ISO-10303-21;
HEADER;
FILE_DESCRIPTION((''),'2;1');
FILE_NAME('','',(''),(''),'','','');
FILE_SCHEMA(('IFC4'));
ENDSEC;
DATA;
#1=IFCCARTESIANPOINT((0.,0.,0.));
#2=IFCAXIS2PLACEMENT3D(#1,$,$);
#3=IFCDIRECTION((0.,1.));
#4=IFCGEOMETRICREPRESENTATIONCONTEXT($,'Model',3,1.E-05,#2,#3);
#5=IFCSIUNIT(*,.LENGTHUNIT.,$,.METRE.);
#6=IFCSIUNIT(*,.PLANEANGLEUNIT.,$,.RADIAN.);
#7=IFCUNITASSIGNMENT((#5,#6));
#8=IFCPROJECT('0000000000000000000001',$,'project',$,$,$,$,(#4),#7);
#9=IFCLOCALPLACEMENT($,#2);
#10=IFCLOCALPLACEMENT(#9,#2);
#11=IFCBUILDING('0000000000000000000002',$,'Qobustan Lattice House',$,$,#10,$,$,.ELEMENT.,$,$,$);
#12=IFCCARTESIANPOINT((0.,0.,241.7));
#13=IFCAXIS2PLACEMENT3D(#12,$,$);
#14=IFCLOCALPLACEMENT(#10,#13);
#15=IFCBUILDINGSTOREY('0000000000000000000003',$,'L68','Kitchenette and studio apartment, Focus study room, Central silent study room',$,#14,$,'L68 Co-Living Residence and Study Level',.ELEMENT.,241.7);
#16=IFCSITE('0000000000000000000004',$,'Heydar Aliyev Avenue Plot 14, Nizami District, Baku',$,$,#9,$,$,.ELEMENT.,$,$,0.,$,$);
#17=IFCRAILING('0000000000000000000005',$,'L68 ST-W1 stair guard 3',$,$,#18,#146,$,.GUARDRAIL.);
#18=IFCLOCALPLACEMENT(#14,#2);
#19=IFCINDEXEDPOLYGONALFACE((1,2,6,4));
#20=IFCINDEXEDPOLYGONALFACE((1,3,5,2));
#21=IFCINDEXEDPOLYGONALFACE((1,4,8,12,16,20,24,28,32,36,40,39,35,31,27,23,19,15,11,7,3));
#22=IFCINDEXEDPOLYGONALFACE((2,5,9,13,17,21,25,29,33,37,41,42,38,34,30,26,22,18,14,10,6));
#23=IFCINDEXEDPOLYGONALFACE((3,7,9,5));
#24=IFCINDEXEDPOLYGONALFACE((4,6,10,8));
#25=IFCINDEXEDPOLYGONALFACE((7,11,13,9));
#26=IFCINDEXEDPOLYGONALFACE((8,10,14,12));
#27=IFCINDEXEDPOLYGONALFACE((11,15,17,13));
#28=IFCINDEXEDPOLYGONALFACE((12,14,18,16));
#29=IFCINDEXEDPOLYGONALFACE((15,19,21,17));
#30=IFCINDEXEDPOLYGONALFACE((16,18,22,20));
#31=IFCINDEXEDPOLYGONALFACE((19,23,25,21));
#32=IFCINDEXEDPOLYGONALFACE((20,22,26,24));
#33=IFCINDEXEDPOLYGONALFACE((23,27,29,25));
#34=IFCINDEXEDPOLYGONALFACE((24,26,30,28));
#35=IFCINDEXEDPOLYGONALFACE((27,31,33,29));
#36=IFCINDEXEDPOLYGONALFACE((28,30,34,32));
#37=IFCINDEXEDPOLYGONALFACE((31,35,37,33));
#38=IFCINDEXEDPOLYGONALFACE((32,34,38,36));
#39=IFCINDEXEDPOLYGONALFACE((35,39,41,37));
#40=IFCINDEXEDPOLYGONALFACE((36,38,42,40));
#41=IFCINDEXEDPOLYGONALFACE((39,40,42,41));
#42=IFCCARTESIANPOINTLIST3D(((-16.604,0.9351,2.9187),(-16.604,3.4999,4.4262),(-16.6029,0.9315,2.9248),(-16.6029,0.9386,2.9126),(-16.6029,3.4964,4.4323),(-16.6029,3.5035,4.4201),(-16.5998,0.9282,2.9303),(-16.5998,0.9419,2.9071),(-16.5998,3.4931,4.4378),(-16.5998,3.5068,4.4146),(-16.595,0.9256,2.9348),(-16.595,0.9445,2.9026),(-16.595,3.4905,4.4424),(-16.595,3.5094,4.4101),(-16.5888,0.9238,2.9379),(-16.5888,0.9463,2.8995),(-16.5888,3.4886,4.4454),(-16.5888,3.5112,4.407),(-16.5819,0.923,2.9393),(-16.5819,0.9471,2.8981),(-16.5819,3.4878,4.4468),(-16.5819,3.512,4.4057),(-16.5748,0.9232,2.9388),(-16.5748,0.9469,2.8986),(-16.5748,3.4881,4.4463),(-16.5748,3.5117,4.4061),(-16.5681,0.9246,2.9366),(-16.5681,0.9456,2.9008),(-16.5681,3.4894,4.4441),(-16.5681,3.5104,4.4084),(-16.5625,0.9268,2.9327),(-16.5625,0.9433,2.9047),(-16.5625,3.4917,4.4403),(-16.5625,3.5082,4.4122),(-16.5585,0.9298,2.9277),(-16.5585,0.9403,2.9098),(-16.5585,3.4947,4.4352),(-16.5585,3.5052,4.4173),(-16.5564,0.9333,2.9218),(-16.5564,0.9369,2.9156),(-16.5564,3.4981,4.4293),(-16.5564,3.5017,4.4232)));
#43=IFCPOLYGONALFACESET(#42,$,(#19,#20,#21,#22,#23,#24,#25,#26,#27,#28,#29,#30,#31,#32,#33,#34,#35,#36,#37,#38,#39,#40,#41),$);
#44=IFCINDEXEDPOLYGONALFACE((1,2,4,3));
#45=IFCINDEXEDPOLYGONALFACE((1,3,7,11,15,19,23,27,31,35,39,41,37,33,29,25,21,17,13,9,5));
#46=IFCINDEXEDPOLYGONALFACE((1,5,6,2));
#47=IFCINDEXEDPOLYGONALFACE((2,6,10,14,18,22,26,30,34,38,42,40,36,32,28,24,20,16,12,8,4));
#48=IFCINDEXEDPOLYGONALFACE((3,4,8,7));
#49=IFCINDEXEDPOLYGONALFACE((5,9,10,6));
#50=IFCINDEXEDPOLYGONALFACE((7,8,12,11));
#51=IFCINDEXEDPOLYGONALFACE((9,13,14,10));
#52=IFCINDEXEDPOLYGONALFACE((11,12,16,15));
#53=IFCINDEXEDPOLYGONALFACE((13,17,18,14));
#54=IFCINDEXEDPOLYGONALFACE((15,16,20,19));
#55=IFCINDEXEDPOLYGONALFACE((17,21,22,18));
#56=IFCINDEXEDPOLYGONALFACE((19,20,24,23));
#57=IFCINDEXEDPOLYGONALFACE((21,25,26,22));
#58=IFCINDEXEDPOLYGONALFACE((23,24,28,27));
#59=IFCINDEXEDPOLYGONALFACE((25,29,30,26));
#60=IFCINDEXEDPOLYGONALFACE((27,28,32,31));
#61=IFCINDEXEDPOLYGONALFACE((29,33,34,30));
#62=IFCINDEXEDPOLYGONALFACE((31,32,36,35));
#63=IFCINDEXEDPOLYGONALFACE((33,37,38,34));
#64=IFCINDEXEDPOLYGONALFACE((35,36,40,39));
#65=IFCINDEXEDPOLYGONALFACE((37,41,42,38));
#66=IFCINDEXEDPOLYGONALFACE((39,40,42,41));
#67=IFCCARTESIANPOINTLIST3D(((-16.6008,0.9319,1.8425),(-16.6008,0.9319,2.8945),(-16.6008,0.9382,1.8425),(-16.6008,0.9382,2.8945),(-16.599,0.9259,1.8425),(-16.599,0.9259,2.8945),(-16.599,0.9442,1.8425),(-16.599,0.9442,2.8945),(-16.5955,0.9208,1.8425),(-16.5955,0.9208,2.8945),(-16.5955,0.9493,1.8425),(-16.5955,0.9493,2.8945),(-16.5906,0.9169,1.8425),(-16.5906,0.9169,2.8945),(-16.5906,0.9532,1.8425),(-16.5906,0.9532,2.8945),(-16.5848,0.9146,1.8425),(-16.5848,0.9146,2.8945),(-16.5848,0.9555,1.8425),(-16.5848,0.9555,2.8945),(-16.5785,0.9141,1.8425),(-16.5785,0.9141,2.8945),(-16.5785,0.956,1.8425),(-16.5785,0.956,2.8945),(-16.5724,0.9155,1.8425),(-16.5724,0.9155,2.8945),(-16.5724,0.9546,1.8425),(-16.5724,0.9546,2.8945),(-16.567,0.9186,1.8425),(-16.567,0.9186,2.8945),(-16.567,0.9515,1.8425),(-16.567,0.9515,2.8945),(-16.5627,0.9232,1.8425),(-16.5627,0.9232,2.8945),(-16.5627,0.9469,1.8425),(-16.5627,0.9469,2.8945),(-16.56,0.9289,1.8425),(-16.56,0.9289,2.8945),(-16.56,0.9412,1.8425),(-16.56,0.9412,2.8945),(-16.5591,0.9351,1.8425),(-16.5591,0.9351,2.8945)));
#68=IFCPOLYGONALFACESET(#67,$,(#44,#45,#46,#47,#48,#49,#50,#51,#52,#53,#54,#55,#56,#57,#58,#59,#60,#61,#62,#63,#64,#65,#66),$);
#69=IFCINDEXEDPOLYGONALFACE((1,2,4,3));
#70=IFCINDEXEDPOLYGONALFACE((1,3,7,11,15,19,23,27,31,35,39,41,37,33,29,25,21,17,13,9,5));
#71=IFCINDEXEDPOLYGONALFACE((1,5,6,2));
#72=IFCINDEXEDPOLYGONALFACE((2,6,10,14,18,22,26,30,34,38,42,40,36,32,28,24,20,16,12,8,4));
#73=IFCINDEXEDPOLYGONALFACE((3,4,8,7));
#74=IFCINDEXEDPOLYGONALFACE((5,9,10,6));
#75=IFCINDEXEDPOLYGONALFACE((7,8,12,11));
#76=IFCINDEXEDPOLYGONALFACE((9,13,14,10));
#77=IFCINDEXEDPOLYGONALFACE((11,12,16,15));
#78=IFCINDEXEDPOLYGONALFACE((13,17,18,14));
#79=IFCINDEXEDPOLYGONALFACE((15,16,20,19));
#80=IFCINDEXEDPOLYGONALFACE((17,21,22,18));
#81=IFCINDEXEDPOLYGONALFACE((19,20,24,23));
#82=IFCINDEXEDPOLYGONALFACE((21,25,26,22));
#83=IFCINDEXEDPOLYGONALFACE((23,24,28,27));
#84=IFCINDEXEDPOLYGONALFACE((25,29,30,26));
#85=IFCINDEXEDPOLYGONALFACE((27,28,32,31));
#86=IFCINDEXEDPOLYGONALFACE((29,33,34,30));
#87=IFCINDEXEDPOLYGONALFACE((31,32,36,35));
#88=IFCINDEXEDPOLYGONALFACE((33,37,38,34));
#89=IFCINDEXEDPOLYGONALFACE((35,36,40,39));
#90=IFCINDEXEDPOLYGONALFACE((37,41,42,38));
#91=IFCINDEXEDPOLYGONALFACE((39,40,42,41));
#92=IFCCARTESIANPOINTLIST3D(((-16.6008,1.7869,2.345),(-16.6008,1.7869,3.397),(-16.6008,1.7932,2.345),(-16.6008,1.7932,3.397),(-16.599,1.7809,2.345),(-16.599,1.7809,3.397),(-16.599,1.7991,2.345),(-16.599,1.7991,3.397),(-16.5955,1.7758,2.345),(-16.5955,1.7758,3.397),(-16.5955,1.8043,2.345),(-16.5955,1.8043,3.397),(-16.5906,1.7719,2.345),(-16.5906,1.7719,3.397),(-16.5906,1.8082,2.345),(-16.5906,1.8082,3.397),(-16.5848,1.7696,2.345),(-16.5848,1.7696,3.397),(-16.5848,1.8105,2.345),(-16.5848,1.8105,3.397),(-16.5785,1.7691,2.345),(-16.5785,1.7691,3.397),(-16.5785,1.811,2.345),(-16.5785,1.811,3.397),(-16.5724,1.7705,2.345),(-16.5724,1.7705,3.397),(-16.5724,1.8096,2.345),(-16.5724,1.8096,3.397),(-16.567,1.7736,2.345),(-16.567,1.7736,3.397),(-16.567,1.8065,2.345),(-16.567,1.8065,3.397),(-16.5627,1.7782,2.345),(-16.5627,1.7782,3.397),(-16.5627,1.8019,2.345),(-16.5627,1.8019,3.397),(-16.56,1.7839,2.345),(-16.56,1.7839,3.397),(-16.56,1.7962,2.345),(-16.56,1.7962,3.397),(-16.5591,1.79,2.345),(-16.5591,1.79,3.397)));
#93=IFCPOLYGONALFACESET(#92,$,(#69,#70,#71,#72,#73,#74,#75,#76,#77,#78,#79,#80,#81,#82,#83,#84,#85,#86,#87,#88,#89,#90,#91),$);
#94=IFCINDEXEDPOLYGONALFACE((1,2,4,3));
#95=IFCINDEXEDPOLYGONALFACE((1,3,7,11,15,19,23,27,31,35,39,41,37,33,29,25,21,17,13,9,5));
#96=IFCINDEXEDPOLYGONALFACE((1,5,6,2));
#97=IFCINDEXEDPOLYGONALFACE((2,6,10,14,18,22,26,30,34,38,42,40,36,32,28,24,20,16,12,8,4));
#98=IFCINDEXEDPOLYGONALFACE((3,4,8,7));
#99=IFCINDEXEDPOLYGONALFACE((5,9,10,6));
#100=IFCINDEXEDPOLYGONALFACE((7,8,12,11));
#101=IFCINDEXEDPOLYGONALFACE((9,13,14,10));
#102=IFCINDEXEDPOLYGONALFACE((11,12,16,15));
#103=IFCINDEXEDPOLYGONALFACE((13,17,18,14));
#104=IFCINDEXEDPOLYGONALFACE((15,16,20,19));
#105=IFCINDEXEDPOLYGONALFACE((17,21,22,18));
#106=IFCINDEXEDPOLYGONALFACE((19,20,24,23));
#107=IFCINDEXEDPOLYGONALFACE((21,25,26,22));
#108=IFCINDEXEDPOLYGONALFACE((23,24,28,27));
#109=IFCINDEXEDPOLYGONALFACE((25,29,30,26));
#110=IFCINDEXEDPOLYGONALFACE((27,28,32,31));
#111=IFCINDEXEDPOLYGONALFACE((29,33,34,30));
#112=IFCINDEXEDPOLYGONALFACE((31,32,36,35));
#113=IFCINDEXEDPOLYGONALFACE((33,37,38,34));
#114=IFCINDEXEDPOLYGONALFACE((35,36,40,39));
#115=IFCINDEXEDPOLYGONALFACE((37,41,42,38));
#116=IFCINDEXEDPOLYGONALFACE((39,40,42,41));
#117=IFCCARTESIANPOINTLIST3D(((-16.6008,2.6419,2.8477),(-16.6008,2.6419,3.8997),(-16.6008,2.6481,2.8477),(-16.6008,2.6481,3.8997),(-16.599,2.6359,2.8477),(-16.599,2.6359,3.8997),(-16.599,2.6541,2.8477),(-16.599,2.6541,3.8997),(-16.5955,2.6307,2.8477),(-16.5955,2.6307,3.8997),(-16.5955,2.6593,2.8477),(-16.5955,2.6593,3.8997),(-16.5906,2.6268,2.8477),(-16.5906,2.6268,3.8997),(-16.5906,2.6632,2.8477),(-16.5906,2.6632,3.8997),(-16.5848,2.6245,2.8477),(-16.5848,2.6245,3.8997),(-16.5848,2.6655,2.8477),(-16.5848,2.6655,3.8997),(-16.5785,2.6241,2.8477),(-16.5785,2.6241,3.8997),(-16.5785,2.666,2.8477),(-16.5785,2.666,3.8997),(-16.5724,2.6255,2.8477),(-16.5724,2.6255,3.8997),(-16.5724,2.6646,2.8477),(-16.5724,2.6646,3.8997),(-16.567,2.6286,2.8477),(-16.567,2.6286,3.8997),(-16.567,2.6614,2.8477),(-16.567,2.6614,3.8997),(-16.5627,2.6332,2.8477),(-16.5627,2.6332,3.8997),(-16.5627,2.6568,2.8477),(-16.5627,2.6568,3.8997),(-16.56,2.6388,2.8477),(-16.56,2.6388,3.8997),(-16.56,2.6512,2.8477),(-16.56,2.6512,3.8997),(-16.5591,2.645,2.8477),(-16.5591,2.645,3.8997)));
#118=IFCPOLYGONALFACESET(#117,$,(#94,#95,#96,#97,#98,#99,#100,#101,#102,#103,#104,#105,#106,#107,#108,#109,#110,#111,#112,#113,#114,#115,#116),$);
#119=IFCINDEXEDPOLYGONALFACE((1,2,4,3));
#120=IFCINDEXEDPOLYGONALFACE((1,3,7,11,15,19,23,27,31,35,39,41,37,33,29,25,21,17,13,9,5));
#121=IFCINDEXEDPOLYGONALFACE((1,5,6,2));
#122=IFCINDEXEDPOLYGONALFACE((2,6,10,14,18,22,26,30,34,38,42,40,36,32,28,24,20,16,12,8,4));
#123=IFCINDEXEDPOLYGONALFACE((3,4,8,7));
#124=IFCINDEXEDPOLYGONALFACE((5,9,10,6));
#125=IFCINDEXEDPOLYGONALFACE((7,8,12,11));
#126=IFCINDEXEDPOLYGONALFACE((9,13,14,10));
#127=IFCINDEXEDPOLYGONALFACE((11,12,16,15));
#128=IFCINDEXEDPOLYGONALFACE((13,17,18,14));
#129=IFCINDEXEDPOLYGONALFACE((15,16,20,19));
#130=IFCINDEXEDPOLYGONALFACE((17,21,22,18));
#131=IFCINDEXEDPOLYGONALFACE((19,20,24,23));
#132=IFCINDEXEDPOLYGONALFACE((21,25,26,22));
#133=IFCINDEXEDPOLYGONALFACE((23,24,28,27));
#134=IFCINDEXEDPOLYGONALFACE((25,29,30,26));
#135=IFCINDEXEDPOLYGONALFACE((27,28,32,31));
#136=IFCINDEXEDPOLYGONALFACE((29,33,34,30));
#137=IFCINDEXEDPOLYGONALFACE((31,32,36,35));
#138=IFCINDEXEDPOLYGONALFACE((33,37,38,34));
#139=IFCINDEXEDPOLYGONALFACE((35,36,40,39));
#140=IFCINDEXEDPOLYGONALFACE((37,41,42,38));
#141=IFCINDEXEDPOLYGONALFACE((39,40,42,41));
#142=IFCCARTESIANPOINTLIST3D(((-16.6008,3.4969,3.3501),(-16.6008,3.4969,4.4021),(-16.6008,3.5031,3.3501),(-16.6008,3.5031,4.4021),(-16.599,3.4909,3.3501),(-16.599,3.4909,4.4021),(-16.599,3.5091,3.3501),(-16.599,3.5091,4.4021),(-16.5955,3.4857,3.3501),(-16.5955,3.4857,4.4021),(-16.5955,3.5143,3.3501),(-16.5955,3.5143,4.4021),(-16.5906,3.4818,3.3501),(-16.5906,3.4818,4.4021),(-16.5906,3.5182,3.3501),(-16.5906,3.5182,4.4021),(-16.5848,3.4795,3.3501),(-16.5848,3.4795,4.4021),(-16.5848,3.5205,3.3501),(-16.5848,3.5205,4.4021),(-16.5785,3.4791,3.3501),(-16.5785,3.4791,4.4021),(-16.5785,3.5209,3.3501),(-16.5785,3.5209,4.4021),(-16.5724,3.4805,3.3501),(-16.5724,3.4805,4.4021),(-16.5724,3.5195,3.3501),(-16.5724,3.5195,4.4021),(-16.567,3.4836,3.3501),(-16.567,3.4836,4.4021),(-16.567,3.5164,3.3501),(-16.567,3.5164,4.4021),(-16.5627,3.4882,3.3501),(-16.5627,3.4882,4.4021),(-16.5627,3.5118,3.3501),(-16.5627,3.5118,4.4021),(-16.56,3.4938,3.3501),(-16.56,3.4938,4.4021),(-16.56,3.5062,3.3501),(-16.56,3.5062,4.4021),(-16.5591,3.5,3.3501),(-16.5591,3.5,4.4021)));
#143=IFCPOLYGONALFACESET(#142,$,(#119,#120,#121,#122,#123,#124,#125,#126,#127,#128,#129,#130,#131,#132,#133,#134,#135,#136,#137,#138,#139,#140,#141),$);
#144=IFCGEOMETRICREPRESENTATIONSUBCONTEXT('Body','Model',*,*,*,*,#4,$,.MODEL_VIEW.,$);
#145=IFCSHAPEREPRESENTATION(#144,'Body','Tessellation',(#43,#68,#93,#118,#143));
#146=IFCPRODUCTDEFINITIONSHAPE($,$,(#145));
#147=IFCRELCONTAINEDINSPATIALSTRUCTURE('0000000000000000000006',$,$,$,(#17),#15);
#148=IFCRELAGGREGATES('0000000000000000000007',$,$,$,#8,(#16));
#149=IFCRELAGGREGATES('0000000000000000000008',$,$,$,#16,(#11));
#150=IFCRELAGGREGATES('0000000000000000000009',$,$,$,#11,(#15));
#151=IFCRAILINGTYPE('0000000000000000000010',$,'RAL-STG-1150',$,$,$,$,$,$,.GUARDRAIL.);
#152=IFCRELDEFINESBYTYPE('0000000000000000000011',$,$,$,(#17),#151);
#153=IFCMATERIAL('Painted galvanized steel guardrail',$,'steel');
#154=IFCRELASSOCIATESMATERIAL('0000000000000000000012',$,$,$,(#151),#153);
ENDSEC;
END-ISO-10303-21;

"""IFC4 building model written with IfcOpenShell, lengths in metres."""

from ifc_helpers import new_model, si_unit, direction, frame, origin, origin_2d, place, context, subcontext, project, spatial, circle, extrude, material, type_object, element, save


model = new_model("IFC4")

# Units and contexts
model_context = context("Model", 3, precision=1e-05, world=origin(), true_north=direction((0.0, 1.0)))
body_context = subcontext(model_context, "Body", "Model", "MODEL_VIEW")
ifc_project = project(units=[si_unit("LENGTHUNIT", "METRE"), si_unit("PLANEANGLEUNIT", "RADIAN")], contexts=[model_context])

# Site, building, storey
site_placement = place(None, origin())
site = spatial("IfcSite", under=ifc_project, at=site_placement, Name="Heydar Aliyev Avenue Plot 14, Nizami District, Baku", CompositionType="ELEMENT", RefElevation=0.0)
building_placement = place(site_placement, origin())
building = spatial("IfcBuilding", under=site, at=building_placement, Name="Qobustan Lattice House", CompositionType="ELEMENT")
storey_placement = place(building_placement, frame((0.0, 0.0, 241.7)))
storey = spatial("IfcBuildingStorey", under=building, at=storey_placement, Name="L68", Description="Kitchenette and studio apartment, Focus study room, Central silent study room", LongName="L68 Co-Living Residence and Study Level", CompositionType="ELEMENT", Elevation=241.7)

# Railing
ifc_material_1 = material(Name="Painted galvanized steel guardrail", Category="steel")
railing_type_1 = type_object("IfcRailingType", Name="RAL-STG-1150", PredefinedType="GUARDRAIL", material=ifc_material_1)
railing_1_placement = place(storey_placement, frame((-16.5801, 0.9351, 1.8425)))
element("IfcRailing", 1, at=railing_1_placement, inside=storey, type_object=railing_type_1, Name="L68 ST-W1 stair guard 3", PredefinedType="GUARDRAIL", context=body_context, shape_type="SweptSolid", body=[
    extrude(circle(Radius=0.0239, at=origin_2d()), frame((0.0, 0.0, 1.0762), z_axis=(0.0, 0.862113, 0.506715), x_axis=(-1.0, 0.0, 0.0)), (0.0, 0.0, 1.0), 2.9751),
    extrude(circle(Radius=0.021, at=origin_2d()), origin(), (0.0, 0.0, 1.0), 1.052),
    extrude(circle(Radius=0.021, at=origin_2d()), frame((0.0, 0.855, 0.5024)), (0.0, 0.0, 1.0), 1.052),
    extrude(circle(Radius=0.021, at=origin_2d()), frame((0.0, 1.71, 1.0051)), (0.0, 0.0, 1.0), 1.052),
    extrude(circle(Radius=0.021, at=origin_2d()), frame((0.0, 2.5649, 1.5076)), (0.0, 0.0, 1.0), 1.052),
])

save(model, "model.ifc")
